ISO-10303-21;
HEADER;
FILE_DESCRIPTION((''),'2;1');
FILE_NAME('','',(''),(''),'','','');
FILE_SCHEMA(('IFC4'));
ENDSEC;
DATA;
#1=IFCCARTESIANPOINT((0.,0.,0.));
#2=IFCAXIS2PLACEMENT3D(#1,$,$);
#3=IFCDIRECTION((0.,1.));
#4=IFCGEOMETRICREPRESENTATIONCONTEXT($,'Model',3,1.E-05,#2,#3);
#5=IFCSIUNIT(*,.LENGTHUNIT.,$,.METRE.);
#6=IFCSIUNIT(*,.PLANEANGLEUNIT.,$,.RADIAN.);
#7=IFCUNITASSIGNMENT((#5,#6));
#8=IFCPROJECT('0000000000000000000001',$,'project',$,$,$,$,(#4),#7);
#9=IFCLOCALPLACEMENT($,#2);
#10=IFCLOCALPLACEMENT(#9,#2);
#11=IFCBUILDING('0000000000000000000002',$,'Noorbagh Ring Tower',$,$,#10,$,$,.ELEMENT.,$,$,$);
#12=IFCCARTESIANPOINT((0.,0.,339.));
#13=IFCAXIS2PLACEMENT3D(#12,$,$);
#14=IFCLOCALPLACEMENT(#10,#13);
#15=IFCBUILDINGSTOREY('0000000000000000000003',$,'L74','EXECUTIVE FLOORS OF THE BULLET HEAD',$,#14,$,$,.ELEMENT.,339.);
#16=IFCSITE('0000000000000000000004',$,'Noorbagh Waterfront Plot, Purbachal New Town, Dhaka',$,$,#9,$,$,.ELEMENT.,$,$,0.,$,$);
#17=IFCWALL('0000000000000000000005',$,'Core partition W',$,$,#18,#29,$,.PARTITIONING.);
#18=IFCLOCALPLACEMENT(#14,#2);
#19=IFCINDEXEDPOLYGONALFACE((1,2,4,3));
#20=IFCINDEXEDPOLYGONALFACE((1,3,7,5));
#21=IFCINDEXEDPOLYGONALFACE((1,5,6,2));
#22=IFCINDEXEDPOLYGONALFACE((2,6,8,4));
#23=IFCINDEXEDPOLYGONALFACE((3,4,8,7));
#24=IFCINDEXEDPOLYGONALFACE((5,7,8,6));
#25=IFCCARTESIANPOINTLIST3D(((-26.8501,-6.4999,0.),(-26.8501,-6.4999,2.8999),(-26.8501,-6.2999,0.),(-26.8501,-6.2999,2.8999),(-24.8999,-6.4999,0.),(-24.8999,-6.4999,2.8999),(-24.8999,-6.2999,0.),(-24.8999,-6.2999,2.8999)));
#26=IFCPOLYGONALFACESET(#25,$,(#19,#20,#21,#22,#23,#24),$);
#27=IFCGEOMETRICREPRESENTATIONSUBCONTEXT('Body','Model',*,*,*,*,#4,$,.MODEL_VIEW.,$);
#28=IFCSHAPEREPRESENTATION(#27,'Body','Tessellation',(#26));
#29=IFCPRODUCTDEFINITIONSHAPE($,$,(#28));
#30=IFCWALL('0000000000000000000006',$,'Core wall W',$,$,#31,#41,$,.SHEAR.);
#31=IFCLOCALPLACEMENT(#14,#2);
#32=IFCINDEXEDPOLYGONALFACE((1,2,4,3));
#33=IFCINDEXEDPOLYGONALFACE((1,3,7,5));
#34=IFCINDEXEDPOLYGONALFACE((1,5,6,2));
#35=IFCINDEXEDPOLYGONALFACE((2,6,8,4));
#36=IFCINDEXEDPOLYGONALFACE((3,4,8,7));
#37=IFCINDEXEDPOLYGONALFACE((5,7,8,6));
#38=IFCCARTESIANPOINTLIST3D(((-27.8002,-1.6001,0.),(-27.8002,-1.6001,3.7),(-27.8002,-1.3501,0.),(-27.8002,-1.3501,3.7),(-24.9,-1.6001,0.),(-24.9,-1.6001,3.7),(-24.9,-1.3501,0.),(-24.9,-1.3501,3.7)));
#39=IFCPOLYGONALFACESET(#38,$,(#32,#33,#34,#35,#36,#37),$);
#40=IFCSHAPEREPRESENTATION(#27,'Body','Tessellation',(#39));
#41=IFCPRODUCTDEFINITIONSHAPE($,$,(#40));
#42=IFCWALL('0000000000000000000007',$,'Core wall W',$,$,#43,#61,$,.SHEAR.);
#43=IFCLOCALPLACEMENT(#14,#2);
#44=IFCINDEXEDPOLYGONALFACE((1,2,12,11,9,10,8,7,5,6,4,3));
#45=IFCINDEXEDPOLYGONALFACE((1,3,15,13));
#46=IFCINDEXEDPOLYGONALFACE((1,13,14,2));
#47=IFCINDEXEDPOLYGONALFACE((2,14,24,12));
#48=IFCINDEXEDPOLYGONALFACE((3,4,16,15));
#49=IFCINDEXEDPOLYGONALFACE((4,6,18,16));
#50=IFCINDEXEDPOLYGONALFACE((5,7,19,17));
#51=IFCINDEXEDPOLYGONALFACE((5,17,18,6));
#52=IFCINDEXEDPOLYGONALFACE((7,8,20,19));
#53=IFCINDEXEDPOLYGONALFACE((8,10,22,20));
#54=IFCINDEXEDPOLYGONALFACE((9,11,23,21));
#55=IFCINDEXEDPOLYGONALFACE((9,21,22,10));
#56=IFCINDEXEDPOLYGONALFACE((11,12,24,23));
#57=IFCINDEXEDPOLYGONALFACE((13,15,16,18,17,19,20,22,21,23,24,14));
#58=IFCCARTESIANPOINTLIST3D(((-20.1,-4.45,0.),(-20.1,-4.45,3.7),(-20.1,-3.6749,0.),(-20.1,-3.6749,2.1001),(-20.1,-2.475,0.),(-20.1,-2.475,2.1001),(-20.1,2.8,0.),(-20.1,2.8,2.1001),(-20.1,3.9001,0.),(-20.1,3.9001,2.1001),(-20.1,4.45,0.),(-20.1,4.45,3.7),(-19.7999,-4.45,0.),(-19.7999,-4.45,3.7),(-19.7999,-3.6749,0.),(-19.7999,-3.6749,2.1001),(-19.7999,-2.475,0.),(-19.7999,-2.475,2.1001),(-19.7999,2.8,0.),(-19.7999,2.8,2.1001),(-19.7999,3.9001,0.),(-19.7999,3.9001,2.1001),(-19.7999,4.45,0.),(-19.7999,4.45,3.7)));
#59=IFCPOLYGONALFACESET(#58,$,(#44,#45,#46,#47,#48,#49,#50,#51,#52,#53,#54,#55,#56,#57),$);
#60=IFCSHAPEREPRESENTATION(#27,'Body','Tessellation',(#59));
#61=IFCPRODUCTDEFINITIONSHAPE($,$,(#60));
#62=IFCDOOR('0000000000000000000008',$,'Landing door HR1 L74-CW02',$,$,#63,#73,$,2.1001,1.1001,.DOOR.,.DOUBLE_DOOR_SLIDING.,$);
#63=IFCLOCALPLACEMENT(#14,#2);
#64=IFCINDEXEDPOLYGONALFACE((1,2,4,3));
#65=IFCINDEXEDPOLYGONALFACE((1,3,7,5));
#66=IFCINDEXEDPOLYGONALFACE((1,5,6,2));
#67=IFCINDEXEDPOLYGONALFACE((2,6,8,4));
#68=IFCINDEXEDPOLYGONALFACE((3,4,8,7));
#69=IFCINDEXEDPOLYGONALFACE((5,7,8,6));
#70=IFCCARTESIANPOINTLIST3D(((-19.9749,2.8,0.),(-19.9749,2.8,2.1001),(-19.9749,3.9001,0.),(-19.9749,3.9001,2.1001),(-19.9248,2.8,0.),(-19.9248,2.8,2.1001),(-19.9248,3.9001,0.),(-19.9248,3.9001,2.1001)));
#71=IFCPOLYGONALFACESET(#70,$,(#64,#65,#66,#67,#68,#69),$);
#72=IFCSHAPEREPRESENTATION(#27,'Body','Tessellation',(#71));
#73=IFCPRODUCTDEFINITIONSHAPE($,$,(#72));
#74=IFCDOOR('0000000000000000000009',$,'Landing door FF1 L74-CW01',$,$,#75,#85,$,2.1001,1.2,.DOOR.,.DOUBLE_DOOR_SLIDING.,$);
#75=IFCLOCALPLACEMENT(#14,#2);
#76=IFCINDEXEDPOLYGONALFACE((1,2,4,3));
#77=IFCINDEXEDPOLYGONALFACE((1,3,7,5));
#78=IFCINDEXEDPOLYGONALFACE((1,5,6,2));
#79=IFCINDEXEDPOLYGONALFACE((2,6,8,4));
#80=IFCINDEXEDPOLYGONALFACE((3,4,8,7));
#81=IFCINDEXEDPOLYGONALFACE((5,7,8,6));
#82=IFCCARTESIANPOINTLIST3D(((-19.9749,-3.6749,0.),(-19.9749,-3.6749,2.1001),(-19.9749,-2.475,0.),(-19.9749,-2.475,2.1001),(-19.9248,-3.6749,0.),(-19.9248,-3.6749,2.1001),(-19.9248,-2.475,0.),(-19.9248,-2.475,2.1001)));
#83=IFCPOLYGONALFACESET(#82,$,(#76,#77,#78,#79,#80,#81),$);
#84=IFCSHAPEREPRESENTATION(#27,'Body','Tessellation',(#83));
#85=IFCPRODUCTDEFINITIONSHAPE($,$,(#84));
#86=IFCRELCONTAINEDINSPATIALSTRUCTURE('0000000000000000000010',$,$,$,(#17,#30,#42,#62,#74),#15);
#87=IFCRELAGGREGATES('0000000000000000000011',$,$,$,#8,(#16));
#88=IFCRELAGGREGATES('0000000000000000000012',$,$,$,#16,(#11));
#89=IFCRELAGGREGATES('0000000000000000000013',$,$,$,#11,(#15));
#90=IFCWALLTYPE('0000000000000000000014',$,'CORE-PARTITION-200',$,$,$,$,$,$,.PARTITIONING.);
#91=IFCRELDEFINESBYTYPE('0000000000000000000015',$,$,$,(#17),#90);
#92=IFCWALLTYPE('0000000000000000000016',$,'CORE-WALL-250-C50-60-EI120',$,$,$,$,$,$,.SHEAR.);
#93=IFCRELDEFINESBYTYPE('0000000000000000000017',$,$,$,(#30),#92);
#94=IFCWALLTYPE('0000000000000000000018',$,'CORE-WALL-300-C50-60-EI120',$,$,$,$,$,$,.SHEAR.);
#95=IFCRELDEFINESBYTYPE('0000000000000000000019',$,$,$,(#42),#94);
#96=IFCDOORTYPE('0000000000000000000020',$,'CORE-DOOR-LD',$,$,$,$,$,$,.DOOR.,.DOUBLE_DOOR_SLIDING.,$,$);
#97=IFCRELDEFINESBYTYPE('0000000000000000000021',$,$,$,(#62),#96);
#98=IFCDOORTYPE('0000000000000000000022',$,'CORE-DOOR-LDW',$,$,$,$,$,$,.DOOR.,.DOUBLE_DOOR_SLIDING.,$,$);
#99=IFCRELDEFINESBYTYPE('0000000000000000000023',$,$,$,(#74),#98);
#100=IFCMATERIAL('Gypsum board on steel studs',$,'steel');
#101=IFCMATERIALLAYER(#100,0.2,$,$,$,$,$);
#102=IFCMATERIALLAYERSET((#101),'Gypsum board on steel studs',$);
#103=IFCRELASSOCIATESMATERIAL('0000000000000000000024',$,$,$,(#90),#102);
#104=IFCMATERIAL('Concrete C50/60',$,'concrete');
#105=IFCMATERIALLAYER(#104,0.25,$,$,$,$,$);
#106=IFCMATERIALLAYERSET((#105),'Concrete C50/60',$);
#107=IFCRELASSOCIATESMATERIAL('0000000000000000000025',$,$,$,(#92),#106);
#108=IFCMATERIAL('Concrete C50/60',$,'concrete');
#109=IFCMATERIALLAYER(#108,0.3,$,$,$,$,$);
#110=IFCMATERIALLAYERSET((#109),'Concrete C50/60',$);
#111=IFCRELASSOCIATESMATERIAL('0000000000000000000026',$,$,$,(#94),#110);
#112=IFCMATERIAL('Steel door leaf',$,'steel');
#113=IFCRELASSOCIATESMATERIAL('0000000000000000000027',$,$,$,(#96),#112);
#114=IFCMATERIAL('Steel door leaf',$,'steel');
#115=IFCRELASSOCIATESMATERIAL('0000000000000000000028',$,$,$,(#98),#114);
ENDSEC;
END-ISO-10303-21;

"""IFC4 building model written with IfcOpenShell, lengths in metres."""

from ifc_helpers import new_model, si_unit, direction, frame, frame_2d, origin, place, context, subcontext, project, spatial, rectangle, extrude, material, layer, layer_set, type_object, element, fill, save


model = new_model("IFC4")

# Units and contexts
model_context = context("Model", 3, precision=1e-05, world=origin(), true_north=direction((0.0, 1.0)))
body_context = subcontext(model_context, "Body", "Model", "MODEL_VIEW")
ifc_project = project(units=[si_unit("LENGTHUNIT", "METRE"), si_unit("PLANEANGLEUNIT", "RADIAN")], contexts=[model_context])

# Site, building, storey
site_placement = place(None, origin())
site = spatial("IfcSite", under=ifc_project, at=site_placement, Name="Noorbagh Waterfront Plot, Purbachal New Town, Dhaka", CompositionType="ELEMENT", RefElevation=0.0)
building_placement = place(site_placement, origin())
building = spatial("IfcBuilding", under=site, at=building_placement, Name="Noorbagh Ring Tower", CompositionType="ELEMENT")
storey_placement = place(building_placement, frame((0.0, 0.0, 339.0)))
storey = spatial("IfcBuildingStorey", under=building, at=storey_placement, Name="L74", Description="EXECUTIVE FLOORS OF THE BULLET HEAD", CompositionType="ELEMENT", Elevation=339.0)

# Walls
ifc_material_1 = material(Name="Gypsum board on steel studs", Category="steel")
ifc_layer_1 = layer(ifc_material_1, 0.2)
ifc_layer_set_1 = layer_set([ifc_layer_1], Name="Gypsum board on steel studs")
wall_type_1 = type_object("IfcWallType", Name="CORE-PARTITION-200", PredefinedType="PARTITIONING", material=ifc_layer_set_1)
wall_1_placement = place(storey_placement, frame((-24.8999, -6.3999, 0.0), z_axis=(0.0, 0.0, 1.0), x_axis=(-1.0, 0.0, 0.0)))
element("IfcWall", 1, at=wall_1_placement, inside=storey, type_object=wall_type_1, Name="Core partition W", PredefinedType="PARTITIONING", context=body_context, shape_type="SweptSolid", body=[
    extrude(rectangle(XDim=1.9502, YDim=0.2, at=frame_2d((0.9751, 0.0))), origin(), (0.0, 0.0, 1.0), 2.8999),
])
ifc_material_2 = material(Name="Concrete C50/60", Category="concrete")
ifc_layer_2 = layer(ifc_material_2, 0.25)
ifc_layer_set_2 = layer_set([ifc_layer_2], Name="Concrete C50/60")
wall_type_2 = type_object("IfcWallType", Name="CORE-WALL-250-C50-60-EI120", PredefinedType="SHEAR", material=ifc_layer_set_2)
wall_2_placement = place(storey_placement, frame((-24.8999, -1.4751, 0.0), z_axis=(0.0, 0.0, 1.0), x_axis=(-1.0, 0.0, 0.0)))
element("IfcWall", 2, at=wall_2_placement, inside=storey, type_object=wall_type_2, Name="Core wall W", PredefinedType="SHEAR", context=body_context, shape_type="SweptSolid", body=[
    extrude(rectangle(XDim=2.9001, YDim=0.25, at=frame_2d((1.4502, 0.0))), origin(), (0.0, 0.0, 1.0), 3.7),
])

# Wall, openings, doors
ifc_material_3 = material(Name="Concrete C50/60", Category="concrete")
ifc_layer_3 = layer(ifc_material_3, 0.3)
ifc_layer_set_3 = layer_set([ifc_layer_3], Name="Concrete C50/60")
wall_type_3 = type_object("IfcWallType", Name="CORE-WALL-300-C50-60-EI120", PredefinedType="SHEAR", material=ifc_layer_set_3)
wall_3_placement = place(storey_placement, frame((-19.95, -4.45, 0.0), z_axis=(0.0, 0.0, 1.0), x_axis=(0.0, 1.0, 0.0)))
wall_3 = element("IfcWall", 3, at=wall_3_placement, inside=storey, type_object=wall_type_3, Name="Core wall W", PredefinedType="SHEAR", context=body_context, shape_type="SweptSolid", body=[
    extrude(rectangle(XDim=8.8999, YDim=0.3, at=frame_2d((4.45, 0.0))), origin(), (0.0, 0.0, 1.0), 3.7),
])
opening_1_placement = place(wall_3_placement, frame((0.7749, 0.0, 0.0)))
opening_1 = element("IfcOpeningElement", 4, at=opening_1_placement, cuts=wall_3, PredefinedType="OPENING", context=body_context, shape_type="SweptSolid", body=[
    extrude(rectangle(XDim=1.2, YDim=2.1001, at=frame_2d((0.6001, 1.05))), frame((0.0, 0.1602, 0.0), z_axis=(0.0, -1.0, 0.0), x_axis=(1.0, 0.0, 0.0)), (0.0, 0.0, 1.0), 0.3201),
])
opening_2_placement = place(wall_3_placement, frame((7.25, 0.0, 0.0)))
opening_2 = element("IfcOpeningElement", 5, at=opening_2_placement, cuts=wall_3, PredefinedType="OPENING", context=body_context, shape_type="SweptSolid", body=[
    extrude(rectangle(XDim=1.1001, YDim=2.1001, at=frame_2d((0.55, 1.05))), frame((0.0, 0.1602, 0.0), z_axis=(0.0, -1.0, 0.0), x_axis=(1.0, 0.0, 0.0)), (0.0, 0.0, 1.0), 0.3201),
])
ifc_material_4 = material(Name="Steel door leaf", Category="steel")
door_type_1 = type_object("IfcDoorType", Name="CORE-DOOR-LD", OperationType="DOUBLE_DOOR_SLIDING", PredefinedType="DOOR", material=ifc_material_4)
door_1_placement = place(opening_2_placement, origin())
door_1 = element("IfcDoor", 6, at=door_1_placement, inside=storey, type_object=door_type_1, Name="Landing door HR1 L74-CW02", OperationType="DOUBLE_DOOR_SLIDING", OverallHeight=2.1001, OverallWidth=1.1001, PredefinedType="DOOR", context=body_context, shape_type="SweptSolid", body=[
    extrude(rectangle(XDim=1.1001, YDim=2.1001, at=frame_2d((0.55, 1.05))), frame((0.0, 0.0249, 0.0), z_axis=(0.0, -1.0, 0.0), x_axis=(1.0, 0.0, 0.0)), (0.0, 0.0, 1.0), 0.05),
])
fill(opening_2, door_1)
ifc_material_5 = material(Name="Steel door leaf", Category="steel")
door_type_2 = type_object("IfcDoorType", Name="CORE-DOOR-LDW", OperationType="DOUBLE_DOOR_SLIDING", PredefinedType="DOOR", material=ifc_material_5)
door_2_placement = place(opening_1_placement, origin())
door_2 = element("IfcDoor", 7, at=door_2_placement, inside=storey, type_object=door_type_2, Name="Landing door FF1 L74-CW01", OperationType="DOUBLE_DOOR_SLIDING", OverallHeight=2.1001, OverallWidth=1.2, PredefinedType="DOOR", context=body_context, shape_type="SweptSolid", body=[
    extrude(rectangle(XDim=1.2, YDim=2.1001, at=frame_2d((0.6001, 1.05))), frame((0.0, 0.0249, 0.0), z_axis=(0.0, -1.0, 0.0), x_axis=(1.0, 0.0, 0.0)), (0.0, 0.0, 1.0), 0.05),
])
fill(opening_1, door_2)

save(model, "model.ifc")
